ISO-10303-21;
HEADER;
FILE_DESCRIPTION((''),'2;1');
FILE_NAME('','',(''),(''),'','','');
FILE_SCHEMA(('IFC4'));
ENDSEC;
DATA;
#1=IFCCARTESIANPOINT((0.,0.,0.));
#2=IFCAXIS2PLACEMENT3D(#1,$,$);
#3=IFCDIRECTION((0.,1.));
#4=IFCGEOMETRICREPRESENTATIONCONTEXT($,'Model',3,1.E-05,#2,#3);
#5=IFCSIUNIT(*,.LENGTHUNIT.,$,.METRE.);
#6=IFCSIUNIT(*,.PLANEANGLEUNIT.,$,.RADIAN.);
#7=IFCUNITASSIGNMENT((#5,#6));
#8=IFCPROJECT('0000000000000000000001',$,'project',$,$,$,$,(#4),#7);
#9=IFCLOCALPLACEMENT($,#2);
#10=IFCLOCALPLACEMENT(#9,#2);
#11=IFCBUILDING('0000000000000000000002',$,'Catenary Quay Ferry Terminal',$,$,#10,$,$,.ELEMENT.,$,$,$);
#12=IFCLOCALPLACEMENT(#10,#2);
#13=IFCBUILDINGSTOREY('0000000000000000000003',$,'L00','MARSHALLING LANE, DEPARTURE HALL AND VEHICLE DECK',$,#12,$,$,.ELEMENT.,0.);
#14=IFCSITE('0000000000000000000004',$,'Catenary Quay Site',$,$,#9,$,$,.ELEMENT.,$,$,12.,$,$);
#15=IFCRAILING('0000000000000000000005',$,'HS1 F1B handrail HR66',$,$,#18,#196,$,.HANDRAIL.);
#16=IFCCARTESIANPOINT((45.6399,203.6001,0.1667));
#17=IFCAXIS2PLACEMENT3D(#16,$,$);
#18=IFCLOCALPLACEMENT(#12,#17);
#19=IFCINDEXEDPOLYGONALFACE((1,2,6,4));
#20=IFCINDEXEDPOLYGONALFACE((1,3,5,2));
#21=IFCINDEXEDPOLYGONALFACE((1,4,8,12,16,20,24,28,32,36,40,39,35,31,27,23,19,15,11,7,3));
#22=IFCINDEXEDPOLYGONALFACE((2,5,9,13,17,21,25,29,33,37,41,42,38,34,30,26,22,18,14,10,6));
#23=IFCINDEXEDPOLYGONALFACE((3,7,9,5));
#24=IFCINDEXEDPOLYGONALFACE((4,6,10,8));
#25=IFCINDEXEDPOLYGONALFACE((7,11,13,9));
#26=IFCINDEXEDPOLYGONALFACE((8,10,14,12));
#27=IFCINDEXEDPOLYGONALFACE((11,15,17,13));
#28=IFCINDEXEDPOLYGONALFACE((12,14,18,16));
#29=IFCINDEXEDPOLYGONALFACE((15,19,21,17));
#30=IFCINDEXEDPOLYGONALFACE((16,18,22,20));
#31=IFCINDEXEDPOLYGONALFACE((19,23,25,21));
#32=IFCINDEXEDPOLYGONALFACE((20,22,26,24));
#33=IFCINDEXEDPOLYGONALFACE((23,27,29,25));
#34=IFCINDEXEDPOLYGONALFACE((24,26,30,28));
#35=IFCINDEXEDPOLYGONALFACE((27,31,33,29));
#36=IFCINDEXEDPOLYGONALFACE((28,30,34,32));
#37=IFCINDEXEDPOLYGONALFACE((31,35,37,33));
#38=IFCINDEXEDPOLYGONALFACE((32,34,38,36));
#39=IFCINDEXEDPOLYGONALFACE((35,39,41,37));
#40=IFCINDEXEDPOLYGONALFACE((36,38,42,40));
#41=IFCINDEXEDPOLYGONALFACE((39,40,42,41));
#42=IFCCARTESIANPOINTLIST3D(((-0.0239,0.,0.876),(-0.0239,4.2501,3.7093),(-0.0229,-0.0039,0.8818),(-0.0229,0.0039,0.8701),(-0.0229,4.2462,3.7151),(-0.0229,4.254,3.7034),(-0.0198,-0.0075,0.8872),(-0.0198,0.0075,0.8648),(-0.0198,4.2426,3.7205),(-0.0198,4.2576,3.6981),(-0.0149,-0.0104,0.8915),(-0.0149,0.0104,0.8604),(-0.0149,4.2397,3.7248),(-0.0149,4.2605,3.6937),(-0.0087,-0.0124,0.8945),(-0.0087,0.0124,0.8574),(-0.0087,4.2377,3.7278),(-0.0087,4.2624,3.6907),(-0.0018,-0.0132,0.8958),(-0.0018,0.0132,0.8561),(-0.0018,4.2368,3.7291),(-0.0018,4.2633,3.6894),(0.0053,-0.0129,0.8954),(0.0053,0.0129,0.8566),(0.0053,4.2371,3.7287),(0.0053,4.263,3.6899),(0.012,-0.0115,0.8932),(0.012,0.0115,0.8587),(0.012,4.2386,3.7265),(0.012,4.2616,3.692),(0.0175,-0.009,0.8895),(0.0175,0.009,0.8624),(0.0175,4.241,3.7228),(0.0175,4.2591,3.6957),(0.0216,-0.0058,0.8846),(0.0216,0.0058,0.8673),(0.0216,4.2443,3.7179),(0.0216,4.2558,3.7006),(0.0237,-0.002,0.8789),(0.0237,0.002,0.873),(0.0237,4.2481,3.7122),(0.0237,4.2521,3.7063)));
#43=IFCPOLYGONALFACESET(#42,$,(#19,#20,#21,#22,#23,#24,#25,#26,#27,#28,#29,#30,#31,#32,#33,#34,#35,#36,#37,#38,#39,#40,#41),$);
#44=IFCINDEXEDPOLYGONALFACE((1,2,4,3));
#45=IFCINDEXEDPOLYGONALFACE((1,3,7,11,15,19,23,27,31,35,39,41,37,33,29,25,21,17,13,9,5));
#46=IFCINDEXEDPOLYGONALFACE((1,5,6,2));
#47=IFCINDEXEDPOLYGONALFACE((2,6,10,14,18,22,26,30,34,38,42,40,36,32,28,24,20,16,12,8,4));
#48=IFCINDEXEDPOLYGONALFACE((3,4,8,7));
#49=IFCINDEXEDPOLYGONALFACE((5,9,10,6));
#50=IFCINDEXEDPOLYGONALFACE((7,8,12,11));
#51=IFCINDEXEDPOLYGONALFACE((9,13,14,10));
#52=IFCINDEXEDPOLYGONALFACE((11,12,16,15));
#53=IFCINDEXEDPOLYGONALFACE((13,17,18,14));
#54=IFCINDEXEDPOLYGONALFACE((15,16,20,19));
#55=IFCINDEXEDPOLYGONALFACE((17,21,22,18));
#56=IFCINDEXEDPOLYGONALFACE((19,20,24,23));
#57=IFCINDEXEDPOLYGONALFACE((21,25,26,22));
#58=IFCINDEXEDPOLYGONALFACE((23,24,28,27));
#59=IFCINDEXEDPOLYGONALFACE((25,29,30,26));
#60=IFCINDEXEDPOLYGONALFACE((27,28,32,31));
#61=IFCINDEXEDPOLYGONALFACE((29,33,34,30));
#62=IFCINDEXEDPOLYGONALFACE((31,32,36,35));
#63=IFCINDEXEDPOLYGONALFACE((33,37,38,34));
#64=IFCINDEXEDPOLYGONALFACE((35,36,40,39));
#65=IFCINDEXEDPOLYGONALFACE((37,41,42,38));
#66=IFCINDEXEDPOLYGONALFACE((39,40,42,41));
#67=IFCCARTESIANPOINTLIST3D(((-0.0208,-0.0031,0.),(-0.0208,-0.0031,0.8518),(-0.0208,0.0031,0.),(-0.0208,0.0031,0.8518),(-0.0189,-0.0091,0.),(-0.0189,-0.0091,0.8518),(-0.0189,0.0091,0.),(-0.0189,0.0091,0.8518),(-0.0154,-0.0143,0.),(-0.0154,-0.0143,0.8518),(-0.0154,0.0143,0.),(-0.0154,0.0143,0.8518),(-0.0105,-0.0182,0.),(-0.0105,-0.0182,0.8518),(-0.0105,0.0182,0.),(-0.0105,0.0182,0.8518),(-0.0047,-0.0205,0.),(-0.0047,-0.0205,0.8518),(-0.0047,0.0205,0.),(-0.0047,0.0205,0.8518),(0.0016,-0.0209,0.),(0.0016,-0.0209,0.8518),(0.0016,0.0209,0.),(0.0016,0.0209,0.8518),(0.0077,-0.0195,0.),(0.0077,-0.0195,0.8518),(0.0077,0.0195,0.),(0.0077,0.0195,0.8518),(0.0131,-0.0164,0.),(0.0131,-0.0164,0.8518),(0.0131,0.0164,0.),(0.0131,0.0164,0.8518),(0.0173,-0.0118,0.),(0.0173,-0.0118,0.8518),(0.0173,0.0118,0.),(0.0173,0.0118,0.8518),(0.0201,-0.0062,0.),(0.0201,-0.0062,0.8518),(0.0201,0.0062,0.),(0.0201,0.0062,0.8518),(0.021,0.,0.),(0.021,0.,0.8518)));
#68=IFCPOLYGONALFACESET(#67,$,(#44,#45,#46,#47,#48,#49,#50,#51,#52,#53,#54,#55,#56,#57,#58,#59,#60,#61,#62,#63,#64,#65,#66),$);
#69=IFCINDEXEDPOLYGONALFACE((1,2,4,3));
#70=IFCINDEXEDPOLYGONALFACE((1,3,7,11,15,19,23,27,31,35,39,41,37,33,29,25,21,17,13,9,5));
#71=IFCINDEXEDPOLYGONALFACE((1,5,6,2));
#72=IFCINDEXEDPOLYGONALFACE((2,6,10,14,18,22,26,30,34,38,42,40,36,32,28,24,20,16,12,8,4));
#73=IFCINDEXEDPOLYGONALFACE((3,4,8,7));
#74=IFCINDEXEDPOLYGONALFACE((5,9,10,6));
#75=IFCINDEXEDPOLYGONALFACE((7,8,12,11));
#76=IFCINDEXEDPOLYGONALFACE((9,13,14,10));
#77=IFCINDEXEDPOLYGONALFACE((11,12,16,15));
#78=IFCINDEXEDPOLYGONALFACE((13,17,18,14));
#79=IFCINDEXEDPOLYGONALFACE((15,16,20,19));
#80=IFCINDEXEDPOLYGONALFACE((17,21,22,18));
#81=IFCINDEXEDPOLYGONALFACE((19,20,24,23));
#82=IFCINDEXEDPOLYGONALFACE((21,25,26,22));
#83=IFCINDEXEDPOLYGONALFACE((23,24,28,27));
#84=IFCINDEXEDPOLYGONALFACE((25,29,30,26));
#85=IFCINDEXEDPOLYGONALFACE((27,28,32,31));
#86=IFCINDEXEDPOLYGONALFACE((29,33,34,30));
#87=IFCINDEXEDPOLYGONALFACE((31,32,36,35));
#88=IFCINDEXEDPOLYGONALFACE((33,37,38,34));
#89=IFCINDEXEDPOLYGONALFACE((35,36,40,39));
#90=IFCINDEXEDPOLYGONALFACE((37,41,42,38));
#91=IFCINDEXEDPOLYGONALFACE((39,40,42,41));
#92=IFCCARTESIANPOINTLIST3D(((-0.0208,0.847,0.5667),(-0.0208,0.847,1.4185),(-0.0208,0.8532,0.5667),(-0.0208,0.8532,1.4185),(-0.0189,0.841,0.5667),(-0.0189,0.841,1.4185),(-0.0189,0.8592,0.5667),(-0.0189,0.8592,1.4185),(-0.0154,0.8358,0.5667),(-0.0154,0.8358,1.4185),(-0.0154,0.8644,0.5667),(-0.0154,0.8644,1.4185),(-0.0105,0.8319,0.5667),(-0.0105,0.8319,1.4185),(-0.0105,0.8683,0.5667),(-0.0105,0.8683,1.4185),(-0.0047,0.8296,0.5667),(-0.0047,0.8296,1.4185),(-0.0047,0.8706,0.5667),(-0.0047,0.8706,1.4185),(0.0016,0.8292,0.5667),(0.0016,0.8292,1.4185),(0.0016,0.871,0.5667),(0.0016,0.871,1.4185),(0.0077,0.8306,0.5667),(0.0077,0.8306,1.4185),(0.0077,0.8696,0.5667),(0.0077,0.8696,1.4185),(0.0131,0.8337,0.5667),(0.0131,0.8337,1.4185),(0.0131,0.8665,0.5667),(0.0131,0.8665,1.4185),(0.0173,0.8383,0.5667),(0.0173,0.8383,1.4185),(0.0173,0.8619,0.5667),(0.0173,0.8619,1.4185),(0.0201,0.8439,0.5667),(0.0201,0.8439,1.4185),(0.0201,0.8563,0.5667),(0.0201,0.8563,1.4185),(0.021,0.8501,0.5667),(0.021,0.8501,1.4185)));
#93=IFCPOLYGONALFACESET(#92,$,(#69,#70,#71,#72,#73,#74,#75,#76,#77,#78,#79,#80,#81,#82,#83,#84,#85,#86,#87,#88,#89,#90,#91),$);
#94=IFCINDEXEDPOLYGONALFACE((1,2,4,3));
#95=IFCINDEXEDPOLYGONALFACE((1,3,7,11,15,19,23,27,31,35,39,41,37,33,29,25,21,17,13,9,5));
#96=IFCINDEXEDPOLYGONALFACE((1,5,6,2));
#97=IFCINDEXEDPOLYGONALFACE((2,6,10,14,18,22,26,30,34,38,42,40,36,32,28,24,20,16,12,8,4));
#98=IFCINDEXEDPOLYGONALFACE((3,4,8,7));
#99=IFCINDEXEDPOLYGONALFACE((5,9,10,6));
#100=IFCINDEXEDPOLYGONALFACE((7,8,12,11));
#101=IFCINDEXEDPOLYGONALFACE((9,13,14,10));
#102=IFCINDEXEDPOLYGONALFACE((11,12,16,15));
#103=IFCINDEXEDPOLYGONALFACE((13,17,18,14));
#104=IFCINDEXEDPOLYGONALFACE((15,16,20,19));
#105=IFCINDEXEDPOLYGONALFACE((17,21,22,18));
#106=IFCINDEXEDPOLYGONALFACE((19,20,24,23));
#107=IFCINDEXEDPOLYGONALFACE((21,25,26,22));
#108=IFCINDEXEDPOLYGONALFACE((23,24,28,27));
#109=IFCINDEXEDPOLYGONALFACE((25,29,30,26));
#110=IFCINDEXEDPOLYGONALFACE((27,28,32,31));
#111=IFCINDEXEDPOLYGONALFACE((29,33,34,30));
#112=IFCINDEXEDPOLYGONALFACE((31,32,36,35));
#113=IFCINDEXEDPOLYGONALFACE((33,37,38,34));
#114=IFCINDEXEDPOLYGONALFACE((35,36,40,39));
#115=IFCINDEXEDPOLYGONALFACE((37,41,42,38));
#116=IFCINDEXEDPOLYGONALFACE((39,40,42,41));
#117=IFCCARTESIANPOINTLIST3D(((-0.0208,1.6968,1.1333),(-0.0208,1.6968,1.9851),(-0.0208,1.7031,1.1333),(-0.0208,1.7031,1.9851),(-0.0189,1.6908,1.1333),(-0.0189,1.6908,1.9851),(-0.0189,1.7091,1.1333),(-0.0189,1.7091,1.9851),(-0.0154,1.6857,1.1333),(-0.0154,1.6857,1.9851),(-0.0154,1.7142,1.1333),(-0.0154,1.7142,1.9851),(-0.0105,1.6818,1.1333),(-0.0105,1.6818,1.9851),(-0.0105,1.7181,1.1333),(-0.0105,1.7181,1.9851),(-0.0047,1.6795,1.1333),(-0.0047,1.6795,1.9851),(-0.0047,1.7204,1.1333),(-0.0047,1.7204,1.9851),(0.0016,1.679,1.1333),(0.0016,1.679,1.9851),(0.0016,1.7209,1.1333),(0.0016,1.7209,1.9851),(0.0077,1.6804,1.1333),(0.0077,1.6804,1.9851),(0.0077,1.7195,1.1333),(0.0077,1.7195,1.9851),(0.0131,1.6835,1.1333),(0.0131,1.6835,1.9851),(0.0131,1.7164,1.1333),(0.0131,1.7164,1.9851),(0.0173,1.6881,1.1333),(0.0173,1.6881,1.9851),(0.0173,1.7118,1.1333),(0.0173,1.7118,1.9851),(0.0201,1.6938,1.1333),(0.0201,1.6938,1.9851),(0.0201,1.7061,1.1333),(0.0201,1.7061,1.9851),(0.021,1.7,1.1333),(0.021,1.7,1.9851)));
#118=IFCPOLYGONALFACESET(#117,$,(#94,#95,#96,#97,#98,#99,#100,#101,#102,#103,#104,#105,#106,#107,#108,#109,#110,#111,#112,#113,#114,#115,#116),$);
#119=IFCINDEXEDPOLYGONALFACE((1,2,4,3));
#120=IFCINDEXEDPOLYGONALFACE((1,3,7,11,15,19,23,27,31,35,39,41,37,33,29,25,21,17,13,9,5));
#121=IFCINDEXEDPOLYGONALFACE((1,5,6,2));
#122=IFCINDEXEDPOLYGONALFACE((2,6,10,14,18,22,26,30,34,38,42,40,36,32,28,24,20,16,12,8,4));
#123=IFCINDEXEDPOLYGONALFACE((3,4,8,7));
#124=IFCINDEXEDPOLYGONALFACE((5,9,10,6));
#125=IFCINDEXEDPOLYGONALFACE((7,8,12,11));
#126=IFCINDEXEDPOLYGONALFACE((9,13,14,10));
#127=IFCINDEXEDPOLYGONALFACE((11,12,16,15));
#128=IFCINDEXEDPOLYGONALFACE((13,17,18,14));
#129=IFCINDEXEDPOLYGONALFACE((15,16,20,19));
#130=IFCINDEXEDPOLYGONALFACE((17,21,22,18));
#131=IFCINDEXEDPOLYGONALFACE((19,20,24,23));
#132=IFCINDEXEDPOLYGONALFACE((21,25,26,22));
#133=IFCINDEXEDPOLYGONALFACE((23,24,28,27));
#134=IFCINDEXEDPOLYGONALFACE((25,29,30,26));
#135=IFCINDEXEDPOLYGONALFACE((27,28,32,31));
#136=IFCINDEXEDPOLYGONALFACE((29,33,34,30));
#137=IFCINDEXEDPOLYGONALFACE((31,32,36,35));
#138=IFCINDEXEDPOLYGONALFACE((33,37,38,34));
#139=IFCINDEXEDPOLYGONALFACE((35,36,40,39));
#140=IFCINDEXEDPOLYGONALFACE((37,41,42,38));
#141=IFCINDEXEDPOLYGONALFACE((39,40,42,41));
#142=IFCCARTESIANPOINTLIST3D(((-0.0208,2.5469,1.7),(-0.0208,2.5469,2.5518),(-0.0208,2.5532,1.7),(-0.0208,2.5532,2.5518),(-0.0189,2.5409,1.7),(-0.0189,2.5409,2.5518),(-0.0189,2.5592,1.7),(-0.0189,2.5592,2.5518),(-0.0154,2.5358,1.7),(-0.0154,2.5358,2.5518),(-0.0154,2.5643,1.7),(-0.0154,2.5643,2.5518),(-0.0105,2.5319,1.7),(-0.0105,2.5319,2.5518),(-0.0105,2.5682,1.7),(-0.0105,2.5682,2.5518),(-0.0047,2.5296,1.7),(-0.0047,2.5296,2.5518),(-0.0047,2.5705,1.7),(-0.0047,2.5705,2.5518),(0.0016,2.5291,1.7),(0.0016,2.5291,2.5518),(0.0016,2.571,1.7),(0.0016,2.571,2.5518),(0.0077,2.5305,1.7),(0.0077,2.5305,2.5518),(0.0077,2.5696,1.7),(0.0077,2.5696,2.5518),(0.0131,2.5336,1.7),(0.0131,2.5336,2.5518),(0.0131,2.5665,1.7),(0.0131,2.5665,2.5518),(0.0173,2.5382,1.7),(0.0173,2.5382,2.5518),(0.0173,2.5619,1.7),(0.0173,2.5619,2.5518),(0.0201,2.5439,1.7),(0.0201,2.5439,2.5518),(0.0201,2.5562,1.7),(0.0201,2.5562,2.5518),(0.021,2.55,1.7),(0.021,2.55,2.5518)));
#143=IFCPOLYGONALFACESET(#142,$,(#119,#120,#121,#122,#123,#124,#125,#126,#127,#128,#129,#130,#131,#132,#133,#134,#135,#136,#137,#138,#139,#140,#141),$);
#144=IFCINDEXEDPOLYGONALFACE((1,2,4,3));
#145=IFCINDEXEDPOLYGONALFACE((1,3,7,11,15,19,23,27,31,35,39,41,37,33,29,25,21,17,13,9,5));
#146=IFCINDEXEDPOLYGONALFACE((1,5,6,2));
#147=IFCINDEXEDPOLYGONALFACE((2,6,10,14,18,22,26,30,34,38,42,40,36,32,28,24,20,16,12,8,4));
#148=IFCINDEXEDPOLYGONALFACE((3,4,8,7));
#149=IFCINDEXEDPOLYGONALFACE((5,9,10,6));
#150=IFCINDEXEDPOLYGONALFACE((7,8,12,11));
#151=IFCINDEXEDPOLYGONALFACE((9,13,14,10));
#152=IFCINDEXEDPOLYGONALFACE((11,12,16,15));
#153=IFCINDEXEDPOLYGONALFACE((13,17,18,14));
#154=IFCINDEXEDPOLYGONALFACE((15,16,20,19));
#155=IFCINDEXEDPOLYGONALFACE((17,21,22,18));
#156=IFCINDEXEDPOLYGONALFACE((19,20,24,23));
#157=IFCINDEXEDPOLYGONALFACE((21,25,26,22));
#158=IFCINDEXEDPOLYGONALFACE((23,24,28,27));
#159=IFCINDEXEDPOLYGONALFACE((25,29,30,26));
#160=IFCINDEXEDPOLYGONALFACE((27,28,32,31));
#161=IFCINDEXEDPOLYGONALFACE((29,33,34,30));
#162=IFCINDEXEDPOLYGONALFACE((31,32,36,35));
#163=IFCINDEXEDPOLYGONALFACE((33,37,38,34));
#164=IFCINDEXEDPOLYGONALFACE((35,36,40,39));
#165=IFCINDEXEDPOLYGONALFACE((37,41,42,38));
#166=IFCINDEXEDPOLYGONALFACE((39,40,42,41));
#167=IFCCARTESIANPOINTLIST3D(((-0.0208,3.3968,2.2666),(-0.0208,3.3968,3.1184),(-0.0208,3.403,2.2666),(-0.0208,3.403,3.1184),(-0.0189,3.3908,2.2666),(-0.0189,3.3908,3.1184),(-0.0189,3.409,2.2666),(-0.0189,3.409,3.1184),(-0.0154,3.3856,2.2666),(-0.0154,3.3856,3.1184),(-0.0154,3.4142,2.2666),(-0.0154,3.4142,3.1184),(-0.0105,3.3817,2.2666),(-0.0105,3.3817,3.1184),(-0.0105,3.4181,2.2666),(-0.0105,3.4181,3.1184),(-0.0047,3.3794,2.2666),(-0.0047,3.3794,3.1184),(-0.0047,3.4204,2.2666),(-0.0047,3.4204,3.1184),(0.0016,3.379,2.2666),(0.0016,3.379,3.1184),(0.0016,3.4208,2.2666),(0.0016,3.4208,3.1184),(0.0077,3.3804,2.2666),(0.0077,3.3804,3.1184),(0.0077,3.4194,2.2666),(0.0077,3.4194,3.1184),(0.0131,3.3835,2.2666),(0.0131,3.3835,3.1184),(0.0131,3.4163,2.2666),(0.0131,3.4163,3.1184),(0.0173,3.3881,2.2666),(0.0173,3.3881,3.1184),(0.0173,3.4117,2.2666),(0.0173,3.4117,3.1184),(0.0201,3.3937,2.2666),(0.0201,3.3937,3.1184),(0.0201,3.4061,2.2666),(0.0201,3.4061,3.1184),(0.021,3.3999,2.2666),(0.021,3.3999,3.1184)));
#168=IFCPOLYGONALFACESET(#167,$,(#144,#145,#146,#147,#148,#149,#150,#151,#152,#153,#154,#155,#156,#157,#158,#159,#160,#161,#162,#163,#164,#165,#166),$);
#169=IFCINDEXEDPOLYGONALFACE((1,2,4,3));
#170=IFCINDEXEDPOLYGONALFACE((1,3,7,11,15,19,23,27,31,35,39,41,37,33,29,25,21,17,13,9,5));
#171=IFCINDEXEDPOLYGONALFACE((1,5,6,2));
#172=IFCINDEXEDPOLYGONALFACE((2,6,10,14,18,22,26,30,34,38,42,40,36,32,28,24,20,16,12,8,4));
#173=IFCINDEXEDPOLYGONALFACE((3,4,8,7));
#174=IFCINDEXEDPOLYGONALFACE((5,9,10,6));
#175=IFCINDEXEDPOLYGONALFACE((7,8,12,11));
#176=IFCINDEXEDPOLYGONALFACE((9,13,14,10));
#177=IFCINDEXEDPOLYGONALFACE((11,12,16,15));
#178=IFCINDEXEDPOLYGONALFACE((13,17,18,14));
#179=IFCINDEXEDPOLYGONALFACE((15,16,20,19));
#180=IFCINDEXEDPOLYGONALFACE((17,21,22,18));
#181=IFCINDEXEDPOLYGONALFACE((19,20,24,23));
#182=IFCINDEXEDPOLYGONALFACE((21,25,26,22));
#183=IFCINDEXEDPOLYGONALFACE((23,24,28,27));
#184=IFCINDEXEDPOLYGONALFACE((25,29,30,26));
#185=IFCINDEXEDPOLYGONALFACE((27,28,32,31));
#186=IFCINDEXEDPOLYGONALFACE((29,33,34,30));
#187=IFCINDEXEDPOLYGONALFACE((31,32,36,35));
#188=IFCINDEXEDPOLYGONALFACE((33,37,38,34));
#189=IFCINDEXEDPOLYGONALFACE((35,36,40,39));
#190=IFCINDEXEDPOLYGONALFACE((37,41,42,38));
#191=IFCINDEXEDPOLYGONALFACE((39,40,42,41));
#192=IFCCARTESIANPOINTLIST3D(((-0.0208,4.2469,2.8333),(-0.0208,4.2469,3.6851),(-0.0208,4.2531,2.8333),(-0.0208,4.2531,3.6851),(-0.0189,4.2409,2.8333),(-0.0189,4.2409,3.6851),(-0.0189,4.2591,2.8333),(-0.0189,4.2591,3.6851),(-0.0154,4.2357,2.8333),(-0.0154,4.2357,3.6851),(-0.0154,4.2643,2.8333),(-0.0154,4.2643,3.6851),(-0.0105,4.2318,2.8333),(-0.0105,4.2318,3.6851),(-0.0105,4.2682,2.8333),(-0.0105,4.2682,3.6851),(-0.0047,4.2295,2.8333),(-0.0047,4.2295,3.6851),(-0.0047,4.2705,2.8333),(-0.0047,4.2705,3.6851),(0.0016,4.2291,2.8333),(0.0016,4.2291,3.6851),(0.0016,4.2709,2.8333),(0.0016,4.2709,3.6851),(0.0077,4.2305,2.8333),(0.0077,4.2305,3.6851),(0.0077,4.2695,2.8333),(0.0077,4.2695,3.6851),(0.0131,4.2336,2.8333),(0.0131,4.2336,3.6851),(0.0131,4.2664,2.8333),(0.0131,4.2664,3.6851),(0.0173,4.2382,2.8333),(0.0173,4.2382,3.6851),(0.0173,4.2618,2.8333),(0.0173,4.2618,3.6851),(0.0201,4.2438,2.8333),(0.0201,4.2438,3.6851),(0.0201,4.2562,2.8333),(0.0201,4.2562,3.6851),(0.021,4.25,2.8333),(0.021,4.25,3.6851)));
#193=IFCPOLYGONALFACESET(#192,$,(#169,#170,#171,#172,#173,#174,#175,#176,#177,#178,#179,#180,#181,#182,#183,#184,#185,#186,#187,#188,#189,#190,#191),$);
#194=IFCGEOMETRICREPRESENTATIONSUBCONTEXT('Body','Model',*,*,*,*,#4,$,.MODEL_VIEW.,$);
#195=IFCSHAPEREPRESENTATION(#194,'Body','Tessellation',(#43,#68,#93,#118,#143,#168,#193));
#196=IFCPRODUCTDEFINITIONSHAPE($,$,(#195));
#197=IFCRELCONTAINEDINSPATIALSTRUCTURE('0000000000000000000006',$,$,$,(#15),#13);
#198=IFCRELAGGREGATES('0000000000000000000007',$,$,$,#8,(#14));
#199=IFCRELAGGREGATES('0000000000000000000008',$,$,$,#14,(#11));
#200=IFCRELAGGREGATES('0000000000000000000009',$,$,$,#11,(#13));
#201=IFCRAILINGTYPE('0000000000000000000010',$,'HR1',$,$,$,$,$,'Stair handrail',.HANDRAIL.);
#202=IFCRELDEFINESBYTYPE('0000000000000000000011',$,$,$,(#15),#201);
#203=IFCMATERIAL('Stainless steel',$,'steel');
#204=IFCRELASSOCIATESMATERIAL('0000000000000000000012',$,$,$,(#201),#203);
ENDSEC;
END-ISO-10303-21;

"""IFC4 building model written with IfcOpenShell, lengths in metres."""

from ifc_helpers import new_model, si_unit, direction, frame, origin, origin_2d, place, context, subcontext, project, spatial, circle, extrude, material, type_object, element, save


model = new_model("IFC4")

# Units and contexts
model_context = context("Model", 3, precision=1e-05, world=origin(), true_north=direction((0.0, 1.0)))
body_context = subcontext(model_context, "Body", "Model", "MODEL_VIEW")
ifc_project = project(units=[si_unit("LENGTHUNIT", "METRE"), si_unit("PLANEANGLEUNIT", "RADIAN")], contexts=[model_context])

# Site, building, storey
site_placement = place(None, origin())
site = spatial("IfcSite", under=ifc_project, at=site_placement, Name="Catenary Quay Site", CompositionType="ELEMENT", RefElevation=12.0)
building_placement = place(site_placement, origin())
building = spatial("IfcBuilding", under=site, at=building_placement, Name="Catenary Quay Ferry Terminal", CompositionType="ELEMENT")
storey_placement = place(building_placement, origin())
storey = spatial("IfcBuildingStorey", under=building, at=storey_placement, Name="L00", Description="MARSHALLING LANE, DEPARTURE HALL AND VEHICLE DECK", CompositionType="ELEMENT", Elevation=0.0)

# Railing
ifc_material_1 = material(Name="Stainless steel", Category="steel")
railing_type_1 = type_object("IfcRailingType", Name="HR1", ElementType="Stair handrail", PredefinedType="HANDRAIL", material=ifc_material_1)
railing_1_placement = place(storey_placement, frame((45.6399, 203.6001, 0.1667)))
element("IfcRailing", 1, at=railing_1_placement, inside=storey, type_object=railing_type_1, Name="HS1 F1B handrail HR66", PredefinedType="HANDRAIL", context=body_context, shape_type="SweptSolid", body=[
    extrude(circle(Radius=0.0239, at=origin_2d()), frame((0.0, 0.0, 0.876), z_axis=(0.0, 0.832058, 0.554689), x_axis=(-1.0, 0.0, 0.0)), (0.0, 0.0, 1.0), 5.1079),
    extrude(circle(Radius=0.021, at=origin_2d()), origin(), (0.0, 0.0, 1.0), 0.8518),
    extrude(circle(Radius=0.021, at=origin_2d()), frame((0.0, 0.8501, 0.5667)), (0.0, 0.0, 1.0), 0.8518),
    extrude(circle(Radius=0.021, at=origin_2d()), frame((0.0, 1.7, 1.1333)), (0.0, 0.0, 1.0), 0.8518),
    extrude(circle(Radius=0.021, at=origin_2d()), frame((0.0, 2.55, 1.7)), (0.0, 0.0, 1.0), 0.8518),
    extrude(circle(Radius=0.021, at=origin_2d()), frame((0.0, 3.3999, 2.2666)), (0.0, 0.0, 1.0), 0.8518),
    extrude(circle(Radius=0.021, at=origin_2d()), frame((0.0, 4.25, 2.8333)), (0.0, 0.0, 1.0), 0.8518),
])

save(model, "model.ifc")
